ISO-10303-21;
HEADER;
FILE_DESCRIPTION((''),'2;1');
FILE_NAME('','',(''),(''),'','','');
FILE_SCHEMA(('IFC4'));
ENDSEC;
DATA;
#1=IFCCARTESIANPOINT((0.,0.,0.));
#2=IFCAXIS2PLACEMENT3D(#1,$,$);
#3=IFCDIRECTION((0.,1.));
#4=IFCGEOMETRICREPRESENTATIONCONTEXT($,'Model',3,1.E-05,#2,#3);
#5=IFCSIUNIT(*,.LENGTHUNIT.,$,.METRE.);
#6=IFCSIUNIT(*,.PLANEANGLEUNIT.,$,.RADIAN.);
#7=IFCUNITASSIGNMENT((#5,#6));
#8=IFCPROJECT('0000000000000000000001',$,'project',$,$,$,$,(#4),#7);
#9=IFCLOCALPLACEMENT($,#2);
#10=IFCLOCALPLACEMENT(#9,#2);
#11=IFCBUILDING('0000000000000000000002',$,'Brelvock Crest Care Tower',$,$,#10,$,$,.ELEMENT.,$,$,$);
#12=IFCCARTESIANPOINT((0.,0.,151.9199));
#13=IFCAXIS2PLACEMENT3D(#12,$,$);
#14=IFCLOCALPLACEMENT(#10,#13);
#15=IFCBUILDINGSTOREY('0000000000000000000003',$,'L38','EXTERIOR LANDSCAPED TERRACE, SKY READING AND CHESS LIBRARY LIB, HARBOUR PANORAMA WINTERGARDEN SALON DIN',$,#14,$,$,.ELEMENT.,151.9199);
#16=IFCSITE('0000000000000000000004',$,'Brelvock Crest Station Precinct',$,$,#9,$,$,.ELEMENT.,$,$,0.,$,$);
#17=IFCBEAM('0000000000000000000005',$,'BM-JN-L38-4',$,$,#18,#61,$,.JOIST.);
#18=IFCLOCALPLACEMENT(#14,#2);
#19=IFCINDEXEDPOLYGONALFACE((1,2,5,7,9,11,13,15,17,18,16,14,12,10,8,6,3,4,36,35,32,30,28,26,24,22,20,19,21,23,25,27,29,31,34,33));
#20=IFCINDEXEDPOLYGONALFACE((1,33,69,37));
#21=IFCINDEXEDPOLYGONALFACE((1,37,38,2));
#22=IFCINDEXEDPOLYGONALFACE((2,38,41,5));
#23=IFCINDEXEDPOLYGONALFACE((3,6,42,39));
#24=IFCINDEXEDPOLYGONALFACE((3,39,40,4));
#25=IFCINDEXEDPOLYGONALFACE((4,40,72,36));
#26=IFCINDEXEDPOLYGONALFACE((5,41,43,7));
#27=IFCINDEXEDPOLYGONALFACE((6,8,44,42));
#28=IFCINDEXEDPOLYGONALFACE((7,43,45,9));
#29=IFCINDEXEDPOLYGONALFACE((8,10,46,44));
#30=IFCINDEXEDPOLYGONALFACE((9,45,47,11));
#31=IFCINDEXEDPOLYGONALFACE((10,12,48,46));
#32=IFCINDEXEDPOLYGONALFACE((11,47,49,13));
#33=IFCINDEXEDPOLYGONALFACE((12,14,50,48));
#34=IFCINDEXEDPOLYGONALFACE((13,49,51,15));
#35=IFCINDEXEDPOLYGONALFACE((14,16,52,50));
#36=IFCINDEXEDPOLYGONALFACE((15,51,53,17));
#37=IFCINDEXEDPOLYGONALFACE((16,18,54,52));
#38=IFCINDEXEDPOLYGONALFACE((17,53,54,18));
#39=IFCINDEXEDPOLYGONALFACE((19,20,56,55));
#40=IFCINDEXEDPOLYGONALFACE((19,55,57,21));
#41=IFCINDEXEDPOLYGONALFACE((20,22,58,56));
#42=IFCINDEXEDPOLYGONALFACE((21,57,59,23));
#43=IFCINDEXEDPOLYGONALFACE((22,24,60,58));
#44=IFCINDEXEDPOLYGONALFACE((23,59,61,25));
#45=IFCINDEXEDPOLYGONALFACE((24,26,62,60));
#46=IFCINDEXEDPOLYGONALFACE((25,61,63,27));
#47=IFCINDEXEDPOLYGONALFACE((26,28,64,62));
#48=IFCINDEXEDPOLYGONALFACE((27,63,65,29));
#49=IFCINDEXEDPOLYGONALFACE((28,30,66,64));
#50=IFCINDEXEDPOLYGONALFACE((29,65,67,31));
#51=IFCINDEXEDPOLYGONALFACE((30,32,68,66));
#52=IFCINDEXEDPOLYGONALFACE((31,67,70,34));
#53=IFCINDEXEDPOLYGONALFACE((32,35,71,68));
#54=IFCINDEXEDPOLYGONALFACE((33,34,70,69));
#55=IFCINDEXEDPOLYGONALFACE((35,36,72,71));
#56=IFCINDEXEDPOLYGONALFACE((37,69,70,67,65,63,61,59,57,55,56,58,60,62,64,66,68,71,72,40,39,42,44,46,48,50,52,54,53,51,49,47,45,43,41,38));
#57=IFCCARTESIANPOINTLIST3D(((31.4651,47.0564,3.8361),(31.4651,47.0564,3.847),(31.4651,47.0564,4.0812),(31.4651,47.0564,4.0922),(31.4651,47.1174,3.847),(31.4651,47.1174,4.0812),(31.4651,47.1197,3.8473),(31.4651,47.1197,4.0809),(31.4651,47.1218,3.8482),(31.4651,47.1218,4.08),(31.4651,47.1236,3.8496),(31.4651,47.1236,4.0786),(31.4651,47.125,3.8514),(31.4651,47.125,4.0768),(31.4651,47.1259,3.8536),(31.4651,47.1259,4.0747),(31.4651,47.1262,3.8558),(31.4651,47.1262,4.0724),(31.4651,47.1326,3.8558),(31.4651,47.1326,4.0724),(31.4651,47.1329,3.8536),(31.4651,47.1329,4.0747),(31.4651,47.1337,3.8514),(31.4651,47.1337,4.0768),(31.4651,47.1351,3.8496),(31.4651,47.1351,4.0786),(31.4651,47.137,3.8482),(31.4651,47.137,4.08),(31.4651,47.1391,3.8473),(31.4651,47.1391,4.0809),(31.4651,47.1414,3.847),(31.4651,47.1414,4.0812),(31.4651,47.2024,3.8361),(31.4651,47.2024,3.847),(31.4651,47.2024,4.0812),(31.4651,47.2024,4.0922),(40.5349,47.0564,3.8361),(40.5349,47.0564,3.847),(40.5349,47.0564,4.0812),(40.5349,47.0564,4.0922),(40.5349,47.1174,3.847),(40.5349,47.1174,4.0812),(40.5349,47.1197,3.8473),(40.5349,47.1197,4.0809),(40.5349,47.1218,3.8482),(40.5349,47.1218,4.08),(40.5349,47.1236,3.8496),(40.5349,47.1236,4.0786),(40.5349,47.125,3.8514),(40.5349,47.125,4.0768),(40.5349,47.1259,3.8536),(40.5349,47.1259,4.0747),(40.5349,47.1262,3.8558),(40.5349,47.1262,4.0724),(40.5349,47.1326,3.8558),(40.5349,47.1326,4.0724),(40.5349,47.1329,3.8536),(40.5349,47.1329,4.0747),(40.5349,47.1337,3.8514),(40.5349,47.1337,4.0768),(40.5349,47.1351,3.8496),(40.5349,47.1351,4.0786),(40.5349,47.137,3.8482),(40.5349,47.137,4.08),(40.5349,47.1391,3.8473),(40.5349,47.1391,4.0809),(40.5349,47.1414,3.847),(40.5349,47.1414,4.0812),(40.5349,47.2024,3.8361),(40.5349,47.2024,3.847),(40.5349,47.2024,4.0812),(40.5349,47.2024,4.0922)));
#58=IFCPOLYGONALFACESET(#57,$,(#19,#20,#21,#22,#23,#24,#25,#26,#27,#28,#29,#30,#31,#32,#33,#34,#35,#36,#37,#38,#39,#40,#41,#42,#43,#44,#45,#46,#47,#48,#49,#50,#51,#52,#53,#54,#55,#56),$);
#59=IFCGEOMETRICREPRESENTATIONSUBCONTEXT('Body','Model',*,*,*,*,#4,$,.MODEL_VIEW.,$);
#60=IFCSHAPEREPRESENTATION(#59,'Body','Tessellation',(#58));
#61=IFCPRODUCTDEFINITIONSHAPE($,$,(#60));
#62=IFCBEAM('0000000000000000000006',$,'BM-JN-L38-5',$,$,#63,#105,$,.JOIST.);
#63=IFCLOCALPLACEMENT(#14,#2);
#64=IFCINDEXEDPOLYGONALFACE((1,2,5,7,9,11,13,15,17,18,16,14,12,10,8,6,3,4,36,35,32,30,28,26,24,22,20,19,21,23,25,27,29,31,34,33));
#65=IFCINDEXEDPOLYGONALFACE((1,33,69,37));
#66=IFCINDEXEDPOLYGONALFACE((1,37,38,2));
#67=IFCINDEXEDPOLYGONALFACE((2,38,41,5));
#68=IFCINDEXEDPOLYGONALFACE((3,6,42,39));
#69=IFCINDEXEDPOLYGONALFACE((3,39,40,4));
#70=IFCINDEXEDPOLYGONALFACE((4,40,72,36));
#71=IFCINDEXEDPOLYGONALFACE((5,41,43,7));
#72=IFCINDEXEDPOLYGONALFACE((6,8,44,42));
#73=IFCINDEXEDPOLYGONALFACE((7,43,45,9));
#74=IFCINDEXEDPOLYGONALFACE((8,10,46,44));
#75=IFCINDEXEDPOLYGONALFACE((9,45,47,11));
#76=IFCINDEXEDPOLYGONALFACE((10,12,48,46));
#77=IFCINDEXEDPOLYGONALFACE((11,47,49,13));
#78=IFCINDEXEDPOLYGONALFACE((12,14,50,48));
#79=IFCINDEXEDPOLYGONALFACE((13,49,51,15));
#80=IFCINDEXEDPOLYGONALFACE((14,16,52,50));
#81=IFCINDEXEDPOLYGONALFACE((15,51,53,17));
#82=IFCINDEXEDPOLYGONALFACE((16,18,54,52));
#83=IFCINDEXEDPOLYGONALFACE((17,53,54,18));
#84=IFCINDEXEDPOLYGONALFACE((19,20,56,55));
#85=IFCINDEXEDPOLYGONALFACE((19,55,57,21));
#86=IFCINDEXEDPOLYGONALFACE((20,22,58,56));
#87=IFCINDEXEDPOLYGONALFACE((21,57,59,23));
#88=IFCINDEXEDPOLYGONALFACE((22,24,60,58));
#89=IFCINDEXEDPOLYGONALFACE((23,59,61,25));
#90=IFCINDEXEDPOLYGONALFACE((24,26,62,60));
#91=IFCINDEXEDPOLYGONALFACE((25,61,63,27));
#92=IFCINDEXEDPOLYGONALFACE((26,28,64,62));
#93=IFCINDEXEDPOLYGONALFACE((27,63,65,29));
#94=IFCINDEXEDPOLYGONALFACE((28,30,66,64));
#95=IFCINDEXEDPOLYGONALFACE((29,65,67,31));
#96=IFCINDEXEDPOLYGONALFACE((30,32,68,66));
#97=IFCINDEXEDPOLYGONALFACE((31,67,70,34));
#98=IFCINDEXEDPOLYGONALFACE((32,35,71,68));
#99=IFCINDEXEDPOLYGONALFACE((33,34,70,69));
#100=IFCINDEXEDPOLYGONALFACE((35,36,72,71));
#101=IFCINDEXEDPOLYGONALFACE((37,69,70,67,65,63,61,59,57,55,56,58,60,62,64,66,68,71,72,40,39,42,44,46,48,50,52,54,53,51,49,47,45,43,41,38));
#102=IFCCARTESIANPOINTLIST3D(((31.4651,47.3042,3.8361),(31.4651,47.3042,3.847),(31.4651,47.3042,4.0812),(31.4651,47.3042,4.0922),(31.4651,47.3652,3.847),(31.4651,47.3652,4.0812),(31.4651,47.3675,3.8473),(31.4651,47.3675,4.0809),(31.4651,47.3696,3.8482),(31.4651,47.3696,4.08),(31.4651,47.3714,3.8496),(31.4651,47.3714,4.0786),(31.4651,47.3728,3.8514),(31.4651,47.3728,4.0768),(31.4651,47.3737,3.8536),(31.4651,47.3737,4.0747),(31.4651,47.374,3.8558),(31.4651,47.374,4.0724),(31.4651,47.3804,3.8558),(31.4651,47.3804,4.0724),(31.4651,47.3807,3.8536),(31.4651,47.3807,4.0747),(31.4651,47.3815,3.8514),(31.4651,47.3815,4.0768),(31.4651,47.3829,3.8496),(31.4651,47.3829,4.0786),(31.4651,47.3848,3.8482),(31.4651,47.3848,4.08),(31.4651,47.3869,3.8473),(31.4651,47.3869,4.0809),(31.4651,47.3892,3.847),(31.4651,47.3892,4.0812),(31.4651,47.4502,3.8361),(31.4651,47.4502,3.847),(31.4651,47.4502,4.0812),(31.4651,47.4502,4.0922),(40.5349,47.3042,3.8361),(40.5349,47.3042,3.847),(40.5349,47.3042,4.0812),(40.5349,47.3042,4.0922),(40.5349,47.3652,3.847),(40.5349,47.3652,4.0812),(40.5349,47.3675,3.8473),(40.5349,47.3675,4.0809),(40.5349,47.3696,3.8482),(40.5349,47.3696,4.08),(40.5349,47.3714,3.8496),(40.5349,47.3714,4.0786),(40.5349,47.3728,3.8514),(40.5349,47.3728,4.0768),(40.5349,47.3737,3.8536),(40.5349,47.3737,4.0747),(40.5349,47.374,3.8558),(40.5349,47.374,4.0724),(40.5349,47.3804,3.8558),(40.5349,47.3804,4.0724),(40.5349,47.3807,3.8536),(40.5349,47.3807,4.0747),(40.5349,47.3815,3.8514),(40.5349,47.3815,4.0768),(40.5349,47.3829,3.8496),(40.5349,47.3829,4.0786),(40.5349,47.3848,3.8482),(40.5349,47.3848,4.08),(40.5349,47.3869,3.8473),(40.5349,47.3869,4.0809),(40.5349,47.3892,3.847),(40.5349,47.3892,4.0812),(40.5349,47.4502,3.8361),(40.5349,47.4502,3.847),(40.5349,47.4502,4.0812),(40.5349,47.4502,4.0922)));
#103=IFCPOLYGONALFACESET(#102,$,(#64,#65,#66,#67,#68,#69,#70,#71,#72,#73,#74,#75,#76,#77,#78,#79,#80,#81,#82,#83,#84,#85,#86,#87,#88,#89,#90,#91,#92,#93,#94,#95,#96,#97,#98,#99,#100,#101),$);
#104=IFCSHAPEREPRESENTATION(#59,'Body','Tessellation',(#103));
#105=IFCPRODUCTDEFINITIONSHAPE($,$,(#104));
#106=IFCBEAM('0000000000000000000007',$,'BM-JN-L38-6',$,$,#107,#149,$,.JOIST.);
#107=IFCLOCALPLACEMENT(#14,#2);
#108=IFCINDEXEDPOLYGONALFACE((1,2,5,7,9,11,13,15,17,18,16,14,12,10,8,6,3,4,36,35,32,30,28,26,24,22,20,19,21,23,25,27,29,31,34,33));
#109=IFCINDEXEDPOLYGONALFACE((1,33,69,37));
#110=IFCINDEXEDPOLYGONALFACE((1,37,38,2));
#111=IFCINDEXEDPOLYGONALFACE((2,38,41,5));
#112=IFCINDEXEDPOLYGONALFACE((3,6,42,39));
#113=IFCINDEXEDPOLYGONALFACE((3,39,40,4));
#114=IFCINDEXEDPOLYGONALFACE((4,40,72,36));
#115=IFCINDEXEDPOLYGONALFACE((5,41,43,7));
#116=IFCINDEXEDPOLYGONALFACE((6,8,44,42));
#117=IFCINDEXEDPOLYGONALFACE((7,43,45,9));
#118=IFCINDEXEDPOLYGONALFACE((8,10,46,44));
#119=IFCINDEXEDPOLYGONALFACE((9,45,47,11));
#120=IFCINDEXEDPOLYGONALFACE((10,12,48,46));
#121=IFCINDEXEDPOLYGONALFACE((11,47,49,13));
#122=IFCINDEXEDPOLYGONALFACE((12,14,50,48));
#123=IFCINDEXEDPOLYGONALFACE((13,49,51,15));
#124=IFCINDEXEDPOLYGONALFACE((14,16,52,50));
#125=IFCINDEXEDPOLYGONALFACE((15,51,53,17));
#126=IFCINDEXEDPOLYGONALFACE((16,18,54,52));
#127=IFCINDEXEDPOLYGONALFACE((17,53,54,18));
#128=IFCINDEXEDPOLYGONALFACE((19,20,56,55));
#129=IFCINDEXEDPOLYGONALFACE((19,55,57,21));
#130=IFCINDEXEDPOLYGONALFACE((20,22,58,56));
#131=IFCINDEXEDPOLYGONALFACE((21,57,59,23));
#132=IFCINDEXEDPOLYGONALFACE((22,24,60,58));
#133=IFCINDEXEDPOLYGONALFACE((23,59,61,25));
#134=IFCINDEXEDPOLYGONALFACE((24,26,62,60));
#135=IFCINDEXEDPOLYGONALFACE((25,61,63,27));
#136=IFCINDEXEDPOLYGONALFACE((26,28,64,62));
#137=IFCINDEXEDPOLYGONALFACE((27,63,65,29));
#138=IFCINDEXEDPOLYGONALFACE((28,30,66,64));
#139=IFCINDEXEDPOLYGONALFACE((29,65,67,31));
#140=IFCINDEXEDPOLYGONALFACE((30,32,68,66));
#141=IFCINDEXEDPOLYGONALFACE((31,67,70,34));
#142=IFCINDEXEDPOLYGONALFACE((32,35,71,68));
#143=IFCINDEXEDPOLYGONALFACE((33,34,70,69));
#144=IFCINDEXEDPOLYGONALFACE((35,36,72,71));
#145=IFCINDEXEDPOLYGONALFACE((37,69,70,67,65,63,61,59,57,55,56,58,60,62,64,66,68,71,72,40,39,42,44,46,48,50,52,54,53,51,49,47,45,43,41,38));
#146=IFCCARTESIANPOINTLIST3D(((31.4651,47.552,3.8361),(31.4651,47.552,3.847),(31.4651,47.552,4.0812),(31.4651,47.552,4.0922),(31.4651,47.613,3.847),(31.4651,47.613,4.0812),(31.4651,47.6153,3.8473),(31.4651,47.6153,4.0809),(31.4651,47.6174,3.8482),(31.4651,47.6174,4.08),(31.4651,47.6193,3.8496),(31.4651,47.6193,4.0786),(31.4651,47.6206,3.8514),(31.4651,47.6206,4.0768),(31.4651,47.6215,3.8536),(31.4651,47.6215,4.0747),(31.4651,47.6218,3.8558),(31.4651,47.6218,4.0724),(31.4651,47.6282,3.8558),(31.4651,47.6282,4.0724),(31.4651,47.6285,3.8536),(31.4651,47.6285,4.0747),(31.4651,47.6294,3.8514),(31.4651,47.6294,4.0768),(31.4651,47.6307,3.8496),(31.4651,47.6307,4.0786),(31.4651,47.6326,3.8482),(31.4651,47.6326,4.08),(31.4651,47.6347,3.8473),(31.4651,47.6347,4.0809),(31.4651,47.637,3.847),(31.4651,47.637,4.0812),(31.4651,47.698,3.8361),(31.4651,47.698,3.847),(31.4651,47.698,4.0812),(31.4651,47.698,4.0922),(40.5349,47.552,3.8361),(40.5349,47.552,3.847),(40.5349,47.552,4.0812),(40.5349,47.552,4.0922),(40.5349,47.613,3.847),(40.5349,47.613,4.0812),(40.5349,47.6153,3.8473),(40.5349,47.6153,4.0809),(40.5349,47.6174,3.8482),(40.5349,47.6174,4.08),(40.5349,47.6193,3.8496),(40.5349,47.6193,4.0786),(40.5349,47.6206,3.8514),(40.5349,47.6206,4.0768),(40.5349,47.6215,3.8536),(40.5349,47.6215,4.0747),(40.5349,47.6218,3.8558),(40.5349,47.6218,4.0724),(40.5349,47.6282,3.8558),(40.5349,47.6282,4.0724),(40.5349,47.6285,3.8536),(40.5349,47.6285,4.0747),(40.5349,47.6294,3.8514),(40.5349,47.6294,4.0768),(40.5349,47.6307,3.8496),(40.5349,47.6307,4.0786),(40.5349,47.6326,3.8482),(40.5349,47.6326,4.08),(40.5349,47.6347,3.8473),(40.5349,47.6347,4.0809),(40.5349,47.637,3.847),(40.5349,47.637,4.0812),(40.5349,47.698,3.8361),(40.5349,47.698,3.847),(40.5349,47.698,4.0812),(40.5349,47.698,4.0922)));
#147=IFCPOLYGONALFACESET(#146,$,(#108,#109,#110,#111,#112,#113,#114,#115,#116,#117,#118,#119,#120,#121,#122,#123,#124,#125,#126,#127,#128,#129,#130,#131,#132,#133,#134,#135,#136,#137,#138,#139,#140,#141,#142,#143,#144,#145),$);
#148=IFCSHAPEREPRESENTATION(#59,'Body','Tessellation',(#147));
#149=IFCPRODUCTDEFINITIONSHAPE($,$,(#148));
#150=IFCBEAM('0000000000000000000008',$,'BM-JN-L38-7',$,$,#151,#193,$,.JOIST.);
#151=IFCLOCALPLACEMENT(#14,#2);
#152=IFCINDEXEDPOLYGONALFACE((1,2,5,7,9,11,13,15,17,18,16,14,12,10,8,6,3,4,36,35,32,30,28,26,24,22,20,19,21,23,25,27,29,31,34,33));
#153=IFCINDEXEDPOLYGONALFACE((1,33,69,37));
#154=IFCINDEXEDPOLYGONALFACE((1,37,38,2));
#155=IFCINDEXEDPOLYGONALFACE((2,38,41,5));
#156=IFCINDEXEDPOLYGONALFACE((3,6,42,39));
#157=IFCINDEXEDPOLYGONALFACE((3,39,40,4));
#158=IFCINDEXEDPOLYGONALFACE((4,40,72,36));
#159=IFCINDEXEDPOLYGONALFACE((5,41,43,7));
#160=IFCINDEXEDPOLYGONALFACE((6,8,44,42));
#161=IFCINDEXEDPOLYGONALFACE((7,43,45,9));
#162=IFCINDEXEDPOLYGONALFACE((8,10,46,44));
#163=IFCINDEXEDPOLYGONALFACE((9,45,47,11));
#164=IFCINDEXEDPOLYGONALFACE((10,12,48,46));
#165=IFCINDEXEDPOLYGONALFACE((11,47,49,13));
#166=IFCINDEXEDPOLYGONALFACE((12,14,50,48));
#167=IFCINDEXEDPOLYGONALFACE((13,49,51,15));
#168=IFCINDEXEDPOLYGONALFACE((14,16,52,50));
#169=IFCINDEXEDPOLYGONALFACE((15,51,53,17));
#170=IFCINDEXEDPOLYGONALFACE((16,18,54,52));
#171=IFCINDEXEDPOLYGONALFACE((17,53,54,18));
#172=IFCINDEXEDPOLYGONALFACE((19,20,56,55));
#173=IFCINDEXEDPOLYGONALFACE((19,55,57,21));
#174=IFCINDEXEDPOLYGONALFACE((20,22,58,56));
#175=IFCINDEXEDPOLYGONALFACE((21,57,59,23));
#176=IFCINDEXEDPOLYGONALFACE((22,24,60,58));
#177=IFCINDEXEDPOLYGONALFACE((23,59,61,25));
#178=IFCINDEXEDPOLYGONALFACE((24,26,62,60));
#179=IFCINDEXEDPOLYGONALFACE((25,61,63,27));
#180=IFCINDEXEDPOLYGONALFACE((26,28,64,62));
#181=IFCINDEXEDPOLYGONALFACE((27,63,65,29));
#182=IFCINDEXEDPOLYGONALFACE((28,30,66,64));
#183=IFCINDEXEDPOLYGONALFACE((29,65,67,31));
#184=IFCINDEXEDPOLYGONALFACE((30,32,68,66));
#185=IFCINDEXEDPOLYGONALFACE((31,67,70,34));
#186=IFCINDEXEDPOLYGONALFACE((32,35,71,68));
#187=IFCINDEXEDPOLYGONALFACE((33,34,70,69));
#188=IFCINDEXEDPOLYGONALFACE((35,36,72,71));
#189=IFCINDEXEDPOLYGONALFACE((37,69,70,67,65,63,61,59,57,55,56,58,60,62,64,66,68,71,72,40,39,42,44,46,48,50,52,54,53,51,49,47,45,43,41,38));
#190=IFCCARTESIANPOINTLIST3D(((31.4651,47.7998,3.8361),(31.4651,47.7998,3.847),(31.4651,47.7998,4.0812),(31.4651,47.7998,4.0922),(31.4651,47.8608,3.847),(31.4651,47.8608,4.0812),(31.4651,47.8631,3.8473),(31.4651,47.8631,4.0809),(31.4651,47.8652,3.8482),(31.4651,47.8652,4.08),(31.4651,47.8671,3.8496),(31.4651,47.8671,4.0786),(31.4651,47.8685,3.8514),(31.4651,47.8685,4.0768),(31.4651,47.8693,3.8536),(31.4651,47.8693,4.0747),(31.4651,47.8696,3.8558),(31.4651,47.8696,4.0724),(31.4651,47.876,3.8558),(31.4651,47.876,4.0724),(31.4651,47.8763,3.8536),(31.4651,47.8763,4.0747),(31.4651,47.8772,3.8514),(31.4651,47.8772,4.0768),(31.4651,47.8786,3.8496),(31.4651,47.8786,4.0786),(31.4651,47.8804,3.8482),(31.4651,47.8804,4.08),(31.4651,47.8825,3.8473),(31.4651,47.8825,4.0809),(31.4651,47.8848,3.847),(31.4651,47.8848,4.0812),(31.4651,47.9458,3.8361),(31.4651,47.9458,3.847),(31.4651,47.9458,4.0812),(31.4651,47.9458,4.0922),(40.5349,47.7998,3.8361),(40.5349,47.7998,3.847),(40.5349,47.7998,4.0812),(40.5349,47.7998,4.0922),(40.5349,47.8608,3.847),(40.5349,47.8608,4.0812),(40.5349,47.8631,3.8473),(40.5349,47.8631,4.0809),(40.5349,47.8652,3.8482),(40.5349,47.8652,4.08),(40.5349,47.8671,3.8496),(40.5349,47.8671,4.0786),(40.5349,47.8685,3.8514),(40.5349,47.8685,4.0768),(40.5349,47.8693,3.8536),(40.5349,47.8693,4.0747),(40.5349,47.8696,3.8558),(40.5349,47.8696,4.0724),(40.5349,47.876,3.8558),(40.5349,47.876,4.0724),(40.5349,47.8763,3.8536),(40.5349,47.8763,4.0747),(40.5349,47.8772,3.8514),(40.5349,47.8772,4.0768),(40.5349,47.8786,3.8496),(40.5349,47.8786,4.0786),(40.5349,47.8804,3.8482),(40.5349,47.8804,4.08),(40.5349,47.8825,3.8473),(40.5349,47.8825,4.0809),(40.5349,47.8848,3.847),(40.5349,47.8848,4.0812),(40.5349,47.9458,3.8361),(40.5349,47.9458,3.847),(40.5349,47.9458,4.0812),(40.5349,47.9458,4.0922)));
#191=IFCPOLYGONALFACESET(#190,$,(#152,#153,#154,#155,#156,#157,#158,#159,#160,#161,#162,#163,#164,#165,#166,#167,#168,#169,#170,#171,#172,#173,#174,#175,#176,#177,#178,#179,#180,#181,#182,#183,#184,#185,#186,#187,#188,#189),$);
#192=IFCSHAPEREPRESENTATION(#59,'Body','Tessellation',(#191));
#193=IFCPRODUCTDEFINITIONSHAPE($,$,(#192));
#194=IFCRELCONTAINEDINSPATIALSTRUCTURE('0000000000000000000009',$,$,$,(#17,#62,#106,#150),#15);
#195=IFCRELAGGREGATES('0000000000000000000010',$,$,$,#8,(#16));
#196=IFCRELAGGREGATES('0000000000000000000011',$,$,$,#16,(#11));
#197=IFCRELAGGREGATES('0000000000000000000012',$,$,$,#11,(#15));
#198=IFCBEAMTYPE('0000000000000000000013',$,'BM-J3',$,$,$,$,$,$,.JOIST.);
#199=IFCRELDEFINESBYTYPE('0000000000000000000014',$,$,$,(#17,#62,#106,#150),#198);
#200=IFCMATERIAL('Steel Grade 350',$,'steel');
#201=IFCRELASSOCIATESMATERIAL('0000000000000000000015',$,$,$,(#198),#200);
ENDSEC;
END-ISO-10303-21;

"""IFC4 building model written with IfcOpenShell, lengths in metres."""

from ifc_helpers import new_model, si_unit, direction, frame, origin, origin_2d, place, context, subcontext, project, spatial, i_section, extrude, source, transform, mapped, material, material_profile, profile_set, type_object, element, save


model = new_model("IFC4")

# Units and contexts
model_context = context("Model", 3, precision=1e-05, world=origin(), true_north=direction((0.0, 1.0)))
body_context = subcontext(model_context, "Body", "Model", "MODEL_VIEW")
ifc_project = project(units=[si_unit("LENGTHUNIT", "METRE"), si_unit("PLANEANGLEUNIT", "RADIAN")], contexts=[model_context])

# Site, building, storey
site_placement = place(None, origin())
site = spatial("IfcSite", under=ifc_project, at=site_placement, Name="Brelvock Crest Station Precinct", CompositionType="ELEMENT", RefElevation=0.0)
building_placement = place(site_placement, origin())
building = spatial("IfcBuilding", under=site, at=building_placement, Name="Brelvock Crest Care Tower", CompositionType="ELEMENT")
storey_placement = place(building_placement, frame((0.0, 0.0, 151.9199)))
storey = spatial("IfcBuildingStorey", under=building, at=storey_placement, Name="L38", Description="EXTERIOR LANDSCAPED TERRACE, SKY READING AND CHESS LIBRARY LIB, HARBOUR PANORAMA WINTERGARDEN SALON DIN", CompositionType="ELEMENT", Elevation=151.9199)

# Shared definitions
ifc_material_1 = material(Name="Steel Grade 350", Category="steel")

# Beams
ifc_material_profile_1 = material_profile(ifc_material_1, i_section(OverallWidth=0.146, OverallDepth=0.2561, WebThickness=0.0063, FlangeThickness=0.011, FilletRadius=0.0088, at=origin_2d()), Name="250UB37.3")
ifc_profile_set_1 = profile_set([ifc_material_profile_1], Name="Steel Grade 350")
beam_type_1 = type_object("IfcBeamType", Name="BM-J3", PredefinedType="JOIST", material=ifc_profile_set_1)
shared_shape_1 = source(origin(), body_context, "Body", "SweptSolid", [
    extrude(i_section(OverallWidth=0.146, OverallDepth=0.2561, WebThickness=0.0063, FlangeThickness=0.011, FilletRadius=0.0088, at=origin_2d()), origin(), (0.0, 0.0, 1.0), 9.0698),
])
for number, where, z_axis, x_axis, name in (
    (1, (31.4651, 47.1294, 3.9641), (1.0, 0.0, 0.0), (0.0, 1.0, 0.0), "BM-JN-L38-4"),
    (2, (31.4651, 47.3772, 3.9641), (1.0, 0.0, 0.0), (0.0, 1.0, 0.0), "BM-JN-L38-5"),
    (3, (31.4651, 47.625, 3.9641), (1.0, 0.0, 0.0), (0.0, 1.0, 0.0), "BM-JN-L38-6"),
    (4, (31.4651, 47.8728, 3.9641), (1.0, 0.0, 0.0), (0.0, 1.0, 0.0), "BM-JN-L38-7"),
):
    element("IfcBeam", number, at=place(storey_placement, frame(where, z_axis=z_axis, x_axis=x_axis)), inside=storey, type_object=beam_type_1, Name=name, PredefinedType="JOIST", context=body_context, shape_type="MappedRepresentation", body=[
        mapped(shared_shape_1, transform((0.0, 0.0, 0.0), x_axis=(1.0, 0.0, 0.0), y_axis=(0.0, 1.0, 0.0), z_axis=(0.0, 0.0, 1.0), scale=1.0)),
    ])

save(model, "model.ifc")
